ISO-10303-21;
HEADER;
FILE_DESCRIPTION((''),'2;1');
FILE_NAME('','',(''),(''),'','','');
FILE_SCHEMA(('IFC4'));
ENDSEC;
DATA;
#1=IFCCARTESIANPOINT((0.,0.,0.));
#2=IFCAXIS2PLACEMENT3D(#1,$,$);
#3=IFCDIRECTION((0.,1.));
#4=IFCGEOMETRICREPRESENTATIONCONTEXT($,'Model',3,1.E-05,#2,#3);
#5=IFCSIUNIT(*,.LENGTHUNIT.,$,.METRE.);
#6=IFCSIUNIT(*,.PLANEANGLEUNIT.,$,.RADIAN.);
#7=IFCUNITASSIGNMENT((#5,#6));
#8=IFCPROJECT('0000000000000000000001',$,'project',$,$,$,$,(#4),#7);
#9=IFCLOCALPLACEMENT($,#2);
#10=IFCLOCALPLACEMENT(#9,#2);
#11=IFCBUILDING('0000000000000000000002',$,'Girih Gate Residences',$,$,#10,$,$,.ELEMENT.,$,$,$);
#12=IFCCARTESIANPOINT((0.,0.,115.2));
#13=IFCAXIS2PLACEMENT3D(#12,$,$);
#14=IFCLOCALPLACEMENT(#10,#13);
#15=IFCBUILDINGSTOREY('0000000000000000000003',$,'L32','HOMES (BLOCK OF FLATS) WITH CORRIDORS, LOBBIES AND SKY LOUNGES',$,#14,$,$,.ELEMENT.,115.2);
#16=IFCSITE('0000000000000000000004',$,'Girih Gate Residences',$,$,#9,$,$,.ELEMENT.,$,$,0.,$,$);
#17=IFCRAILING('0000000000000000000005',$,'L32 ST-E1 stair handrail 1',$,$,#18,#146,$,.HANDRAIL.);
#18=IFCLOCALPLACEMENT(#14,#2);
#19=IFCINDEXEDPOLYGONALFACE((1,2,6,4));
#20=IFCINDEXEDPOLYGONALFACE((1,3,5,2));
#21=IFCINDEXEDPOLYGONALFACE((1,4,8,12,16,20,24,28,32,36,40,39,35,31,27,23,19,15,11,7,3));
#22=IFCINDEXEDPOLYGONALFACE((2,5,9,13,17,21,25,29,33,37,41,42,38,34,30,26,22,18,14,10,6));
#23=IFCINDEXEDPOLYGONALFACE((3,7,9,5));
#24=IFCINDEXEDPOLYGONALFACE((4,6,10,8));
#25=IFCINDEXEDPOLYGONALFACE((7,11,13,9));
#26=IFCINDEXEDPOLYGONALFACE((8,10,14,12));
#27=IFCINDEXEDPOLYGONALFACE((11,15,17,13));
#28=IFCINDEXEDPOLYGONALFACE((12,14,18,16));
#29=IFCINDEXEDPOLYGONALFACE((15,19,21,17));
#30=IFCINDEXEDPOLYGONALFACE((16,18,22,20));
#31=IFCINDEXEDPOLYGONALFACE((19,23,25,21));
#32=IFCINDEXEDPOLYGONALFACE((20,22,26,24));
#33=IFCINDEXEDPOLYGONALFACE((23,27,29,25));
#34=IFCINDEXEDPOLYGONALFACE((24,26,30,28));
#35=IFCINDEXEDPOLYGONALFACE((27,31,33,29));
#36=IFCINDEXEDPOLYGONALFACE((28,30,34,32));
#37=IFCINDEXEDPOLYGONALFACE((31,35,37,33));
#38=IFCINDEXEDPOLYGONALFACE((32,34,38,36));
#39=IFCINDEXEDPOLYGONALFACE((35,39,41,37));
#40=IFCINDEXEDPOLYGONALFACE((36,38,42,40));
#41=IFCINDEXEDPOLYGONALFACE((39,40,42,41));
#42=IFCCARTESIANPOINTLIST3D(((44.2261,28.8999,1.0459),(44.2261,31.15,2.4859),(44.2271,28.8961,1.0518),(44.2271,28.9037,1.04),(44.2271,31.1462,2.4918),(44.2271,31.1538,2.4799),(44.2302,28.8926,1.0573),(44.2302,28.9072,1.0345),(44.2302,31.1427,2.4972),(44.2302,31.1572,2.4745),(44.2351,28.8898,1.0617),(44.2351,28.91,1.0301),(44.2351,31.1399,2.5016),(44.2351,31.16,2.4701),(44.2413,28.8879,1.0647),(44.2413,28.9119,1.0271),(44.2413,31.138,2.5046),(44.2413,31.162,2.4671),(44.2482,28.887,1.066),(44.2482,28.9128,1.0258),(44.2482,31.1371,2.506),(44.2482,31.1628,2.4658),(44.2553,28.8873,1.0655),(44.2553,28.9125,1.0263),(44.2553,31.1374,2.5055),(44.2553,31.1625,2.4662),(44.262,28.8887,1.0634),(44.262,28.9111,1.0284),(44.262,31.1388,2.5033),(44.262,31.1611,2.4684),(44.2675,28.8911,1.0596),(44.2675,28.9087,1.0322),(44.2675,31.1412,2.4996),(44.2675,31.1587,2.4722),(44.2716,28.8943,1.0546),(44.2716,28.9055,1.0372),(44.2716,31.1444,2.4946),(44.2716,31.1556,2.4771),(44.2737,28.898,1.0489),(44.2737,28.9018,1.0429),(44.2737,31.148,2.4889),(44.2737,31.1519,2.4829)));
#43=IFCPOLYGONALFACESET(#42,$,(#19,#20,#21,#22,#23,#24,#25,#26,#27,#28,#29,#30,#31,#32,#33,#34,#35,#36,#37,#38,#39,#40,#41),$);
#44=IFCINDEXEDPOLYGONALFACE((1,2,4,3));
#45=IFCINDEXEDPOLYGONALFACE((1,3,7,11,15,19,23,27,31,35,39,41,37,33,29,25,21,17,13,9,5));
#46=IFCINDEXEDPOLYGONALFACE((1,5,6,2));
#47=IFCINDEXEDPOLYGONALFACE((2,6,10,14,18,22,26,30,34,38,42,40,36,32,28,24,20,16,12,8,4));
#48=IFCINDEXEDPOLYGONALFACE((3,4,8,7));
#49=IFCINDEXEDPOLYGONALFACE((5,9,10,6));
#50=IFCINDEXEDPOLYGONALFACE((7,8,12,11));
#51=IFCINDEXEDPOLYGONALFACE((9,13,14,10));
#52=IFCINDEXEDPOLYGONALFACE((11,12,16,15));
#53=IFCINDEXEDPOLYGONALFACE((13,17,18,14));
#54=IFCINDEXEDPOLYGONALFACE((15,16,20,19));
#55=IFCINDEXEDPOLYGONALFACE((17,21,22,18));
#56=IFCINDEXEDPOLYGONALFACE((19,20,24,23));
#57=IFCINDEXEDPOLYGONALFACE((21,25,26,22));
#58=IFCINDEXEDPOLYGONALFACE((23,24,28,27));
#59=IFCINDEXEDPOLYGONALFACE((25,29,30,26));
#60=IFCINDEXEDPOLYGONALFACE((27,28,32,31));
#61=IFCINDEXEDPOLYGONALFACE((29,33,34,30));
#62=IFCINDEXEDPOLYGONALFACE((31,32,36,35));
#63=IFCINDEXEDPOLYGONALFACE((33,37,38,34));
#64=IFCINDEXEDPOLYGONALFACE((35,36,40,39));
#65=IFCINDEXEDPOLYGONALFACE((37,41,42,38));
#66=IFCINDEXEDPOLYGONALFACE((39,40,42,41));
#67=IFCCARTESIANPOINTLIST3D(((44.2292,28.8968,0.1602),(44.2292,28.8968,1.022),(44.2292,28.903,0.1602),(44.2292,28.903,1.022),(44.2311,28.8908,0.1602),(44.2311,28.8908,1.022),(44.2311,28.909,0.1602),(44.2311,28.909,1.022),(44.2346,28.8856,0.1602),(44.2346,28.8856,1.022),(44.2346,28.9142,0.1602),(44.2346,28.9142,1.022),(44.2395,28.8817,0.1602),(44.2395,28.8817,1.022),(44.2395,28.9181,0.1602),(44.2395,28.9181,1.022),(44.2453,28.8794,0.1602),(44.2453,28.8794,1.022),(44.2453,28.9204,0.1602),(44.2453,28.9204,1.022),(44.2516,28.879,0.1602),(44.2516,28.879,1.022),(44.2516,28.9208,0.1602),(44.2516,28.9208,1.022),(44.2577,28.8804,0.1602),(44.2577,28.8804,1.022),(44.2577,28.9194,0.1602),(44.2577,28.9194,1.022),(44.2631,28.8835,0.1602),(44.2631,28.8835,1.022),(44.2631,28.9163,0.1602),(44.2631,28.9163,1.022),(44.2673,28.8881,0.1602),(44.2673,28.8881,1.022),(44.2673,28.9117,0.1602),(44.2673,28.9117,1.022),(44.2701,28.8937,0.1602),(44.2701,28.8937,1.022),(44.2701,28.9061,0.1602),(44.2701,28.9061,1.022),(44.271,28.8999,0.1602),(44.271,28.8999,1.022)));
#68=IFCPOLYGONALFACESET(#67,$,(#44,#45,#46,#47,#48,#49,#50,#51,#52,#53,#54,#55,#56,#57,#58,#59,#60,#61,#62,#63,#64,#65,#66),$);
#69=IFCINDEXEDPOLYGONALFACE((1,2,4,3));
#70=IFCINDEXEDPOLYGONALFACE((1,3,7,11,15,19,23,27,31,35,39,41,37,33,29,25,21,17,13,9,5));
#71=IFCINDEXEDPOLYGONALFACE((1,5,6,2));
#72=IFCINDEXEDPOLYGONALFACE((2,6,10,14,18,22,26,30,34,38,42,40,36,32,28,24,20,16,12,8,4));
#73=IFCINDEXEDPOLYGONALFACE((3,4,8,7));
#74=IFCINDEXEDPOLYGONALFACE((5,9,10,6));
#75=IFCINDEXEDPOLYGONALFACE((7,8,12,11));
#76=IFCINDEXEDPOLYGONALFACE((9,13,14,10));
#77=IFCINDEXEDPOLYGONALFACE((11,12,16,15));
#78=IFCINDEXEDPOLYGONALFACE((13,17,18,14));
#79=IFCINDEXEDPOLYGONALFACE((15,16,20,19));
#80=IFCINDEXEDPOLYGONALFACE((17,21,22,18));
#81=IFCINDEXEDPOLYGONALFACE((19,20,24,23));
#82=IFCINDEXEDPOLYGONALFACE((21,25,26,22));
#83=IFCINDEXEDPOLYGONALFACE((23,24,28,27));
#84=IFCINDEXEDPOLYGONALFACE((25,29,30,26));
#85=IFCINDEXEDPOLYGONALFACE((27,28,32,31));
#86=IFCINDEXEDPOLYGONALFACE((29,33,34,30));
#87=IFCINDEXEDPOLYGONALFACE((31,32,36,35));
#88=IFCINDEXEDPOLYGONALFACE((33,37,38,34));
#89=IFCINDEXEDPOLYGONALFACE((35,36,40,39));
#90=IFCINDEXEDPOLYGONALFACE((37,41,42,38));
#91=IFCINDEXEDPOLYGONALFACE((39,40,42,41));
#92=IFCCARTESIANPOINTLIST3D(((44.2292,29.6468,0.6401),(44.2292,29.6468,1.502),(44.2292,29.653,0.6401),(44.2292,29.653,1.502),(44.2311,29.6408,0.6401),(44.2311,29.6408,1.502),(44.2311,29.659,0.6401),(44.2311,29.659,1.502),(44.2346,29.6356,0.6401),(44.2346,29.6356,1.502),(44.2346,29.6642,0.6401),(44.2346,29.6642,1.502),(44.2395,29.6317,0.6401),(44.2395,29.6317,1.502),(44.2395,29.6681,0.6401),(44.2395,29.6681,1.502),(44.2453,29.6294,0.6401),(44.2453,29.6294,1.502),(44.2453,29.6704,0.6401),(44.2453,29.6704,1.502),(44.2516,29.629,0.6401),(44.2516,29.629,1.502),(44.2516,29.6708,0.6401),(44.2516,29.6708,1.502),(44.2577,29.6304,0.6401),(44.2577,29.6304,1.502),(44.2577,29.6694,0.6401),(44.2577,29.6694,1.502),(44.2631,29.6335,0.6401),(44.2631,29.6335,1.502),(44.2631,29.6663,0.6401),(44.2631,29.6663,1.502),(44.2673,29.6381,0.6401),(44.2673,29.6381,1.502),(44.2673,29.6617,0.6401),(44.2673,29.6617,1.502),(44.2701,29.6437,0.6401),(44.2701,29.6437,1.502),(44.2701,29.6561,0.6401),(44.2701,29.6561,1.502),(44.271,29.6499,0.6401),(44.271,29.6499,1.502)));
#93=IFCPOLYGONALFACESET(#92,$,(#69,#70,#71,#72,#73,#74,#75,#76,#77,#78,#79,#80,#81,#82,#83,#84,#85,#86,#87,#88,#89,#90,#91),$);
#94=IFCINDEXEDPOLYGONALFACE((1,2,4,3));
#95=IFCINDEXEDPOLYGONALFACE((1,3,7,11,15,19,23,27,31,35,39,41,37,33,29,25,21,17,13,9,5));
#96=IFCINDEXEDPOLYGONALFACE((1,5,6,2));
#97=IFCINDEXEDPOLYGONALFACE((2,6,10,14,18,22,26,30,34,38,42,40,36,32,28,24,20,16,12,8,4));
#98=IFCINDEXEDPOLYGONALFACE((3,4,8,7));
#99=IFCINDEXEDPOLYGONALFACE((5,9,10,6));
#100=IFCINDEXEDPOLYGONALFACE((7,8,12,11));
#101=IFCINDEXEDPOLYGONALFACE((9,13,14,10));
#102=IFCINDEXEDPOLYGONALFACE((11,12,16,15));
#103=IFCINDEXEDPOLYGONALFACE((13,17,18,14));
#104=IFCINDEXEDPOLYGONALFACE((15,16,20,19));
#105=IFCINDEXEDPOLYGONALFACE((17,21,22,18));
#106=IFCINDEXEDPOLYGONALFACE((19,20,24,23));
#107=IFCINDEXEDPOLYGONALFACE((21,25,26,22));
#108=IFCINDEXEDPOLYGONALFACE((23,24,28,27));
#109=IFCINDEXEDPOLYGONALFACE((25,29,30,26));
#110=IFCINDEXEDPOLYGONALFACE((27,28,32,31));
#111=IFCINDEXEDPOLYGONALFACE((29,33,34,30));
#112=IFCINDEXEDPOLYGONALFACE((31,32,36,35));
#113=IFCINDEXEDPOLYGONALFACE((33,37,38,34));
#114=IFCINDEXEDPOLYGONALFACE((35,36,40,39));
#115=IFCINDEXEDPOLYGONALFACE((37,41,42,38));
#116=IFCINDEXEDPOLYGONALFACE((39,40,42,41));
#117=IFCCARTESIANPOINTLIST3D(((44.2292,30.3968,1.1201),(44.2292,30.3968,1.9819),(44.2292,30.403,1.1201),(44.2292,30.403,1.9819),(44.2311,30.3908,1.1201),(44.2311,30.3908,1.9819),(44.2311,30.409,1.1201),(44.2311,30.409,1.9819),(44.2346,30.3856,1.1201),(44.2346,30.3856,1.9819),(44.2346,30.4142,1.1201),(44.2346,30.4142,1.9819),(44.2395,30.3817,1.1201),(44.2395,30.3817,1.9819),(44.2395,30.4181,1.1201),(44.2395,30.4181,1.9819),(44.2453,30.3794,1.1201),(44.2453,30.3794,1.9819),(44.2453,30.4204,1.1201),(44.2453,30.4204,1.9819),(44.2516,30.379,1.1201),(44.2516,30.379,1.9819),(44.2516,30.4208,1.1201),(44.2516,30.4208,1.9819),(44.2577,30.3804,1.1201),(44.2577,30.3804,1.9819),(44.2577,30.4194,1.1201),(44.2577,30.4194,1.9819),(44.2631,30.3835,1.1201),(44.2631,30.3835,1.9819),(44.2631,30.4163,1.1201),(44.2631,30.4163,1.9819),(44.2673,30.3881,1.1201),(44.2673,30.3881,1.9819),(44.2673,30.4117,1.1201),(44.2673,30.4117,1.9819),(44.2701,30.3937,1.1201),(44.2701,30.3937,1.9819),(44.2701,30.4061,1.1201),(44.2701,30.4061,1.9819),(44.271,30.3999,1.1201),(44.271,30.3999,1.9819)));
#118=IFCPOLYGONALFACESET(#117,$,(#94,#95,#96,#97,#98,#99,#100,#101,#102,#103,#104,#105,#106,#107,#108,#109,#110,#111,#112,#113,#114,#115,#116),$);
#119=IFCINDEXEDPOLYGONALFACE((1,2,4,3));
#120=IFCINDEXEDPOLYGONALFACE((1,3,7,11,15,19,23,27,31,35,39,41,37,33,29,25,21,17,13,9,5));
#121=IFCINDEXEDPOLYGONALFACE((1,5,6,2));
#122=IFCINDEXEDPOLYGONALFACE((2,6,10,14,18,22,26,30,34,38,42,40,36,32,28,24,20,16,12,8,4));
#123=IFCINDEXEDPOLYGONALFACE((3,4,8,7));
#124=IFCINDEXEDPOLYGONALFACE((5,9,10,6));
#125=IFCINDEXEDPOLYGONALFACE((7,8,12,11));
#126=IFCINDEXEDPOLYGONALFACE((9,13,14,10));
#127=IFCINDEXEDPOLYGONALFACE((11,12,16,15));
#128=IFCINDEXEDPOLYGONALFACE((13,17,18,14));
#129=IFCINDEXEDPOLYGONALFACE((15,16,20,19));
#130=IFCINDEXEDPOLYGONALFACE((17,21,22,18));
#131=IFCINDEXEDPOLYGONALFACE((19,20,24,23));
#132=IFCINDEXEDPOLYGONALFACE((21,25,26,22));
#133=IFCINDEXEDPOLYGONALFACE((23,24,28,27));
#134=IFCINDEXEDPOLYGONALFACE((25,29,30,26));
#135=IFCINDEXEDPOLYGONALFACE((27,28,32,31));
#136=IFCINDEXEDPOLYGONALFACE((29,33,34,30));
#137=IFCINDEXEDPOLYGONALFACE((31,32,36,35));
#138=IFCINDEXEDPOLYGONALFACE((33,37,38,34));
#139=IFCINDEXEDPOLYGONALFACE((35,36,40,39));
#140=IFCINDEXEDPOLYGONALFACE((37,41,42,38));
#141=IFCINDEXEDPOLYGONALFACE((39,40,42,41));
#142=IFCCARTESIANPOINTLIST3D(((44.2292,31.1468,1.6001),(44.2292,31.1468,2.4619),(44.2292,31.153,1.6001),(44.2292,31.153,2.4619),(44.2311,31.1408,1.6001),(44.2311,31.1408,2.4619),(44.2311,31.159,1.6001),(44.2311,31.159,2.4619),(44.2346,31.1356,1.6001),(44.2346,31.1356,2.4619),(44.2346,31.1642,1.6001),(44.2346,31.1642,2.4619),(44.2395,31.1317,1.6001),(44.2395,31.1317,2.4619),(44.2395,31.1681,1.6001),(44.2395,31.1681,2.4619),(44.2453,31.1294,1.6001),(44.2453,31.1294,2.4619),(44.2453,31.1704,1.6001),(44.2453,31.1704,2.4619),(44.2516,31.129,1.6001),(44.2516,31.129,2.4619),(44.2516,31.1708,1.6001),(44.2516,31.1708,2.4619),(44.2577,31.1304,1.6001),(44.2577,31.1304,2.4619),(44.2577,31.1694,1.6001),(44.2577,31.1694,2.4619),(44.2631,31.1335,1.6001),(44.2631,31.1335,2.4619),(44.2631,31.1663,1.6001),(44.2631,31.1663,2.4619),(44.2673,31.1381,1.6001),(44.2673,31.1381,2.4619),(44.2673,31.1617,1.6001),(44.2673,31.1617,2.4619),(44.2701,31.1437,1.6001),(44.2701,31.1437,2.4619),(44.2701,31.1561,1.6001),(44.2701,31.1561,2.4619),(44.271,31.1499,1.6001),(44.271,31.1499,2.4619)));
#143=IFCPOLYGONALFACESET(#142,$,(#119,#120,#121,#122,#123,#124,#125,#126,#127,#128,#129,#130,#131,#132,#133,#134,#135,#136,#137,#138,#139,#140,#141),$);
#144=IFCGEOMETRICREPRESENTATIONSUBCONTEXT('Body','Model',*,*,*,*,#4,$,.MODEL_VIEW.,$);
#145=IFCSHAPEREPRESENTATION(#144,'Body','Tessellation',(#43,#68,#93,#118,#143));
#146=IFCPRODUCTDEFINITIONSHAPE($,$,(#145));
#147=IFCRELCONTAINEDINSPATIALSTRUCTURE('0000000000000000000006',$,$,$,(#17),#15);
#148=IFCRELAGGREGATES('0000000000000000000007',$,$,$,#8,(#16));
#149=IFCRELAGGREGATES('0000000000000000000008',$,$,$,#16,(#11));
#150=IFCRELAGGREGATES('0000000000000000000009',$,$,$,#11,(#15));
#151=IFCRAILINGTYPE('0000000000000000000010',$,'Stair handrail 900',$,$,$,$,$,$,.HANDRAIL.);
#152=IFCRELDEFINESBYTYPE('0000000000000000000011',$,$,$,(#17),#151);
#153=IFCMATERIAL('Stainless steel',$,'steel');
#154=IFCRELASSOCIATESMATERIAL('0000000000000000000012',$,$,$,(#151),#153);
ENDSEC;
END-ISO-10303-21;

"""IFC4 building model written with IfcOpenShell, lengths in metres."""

from ifc_helpers import new_model, si_unit, direction, frame, origin, origin_2d, place, context, subcontext, project, spatial, circle, extrude, material, type_object, element, save


model = new_model("IFC4")

# Units and contexts
model_context = context("Model", 3, precision=1e-05, world=origin(), true_north=direction((0.0, 1.0)))
body_context = subcontext(model_context, "Body", "Model", "MODEL_VIEW")
ifc_project = project(units=[si_unit("LENGTHUNIT", "METRE"), si_unit("PLANEANGLEUNIT", "RADIAN")], contexts=[model_context])

# Site, building, storey
site_placement = place(None, origin())
site = spatial("IfcSite", under=ifc_project, at=site_placement, Name="Girih Gate Residences", CompositionType="ELEMENT", RefElevation=0.0)
building_placement = place(site_placement, origin())
building = spatial("IfcBuilding", under=site, at=building_placement, Name="Girih Gate Residences", CompositionType="ELEMENT")
storey_placement = place(building_placement, frame((0.0, 0.0, 115.2)))
storey = spatial("IfcBuildingStorey", under=building, at=storey_placement, Name="L32", Description="HOMES (BLOCK OF FLATS) WITH CORRIDORS, LOBBIES AND SKY LOUNGES", CompositionType="ELEMENT", Elevation=115.2)

# Railing
ifc_material_1 = material(Name="Stainless steel", Category="steel")
railing_type_1 = type_object("IfcRailingType", Name="Stair handrail 900", PredefinedType="HANDRAIL", material=ifc_material_1)
railing_1_placement = place(storey_placement, frame((44.25, 28.8999, 0.1602)))
element("IfcRailing", 1, at=railing_1_placement, inside=storey, type_object=railing_type_1, Name="L32 ST-E1 stair handrail 1", PredefinedType="HANDRAIL", context=body_context, shape_type="SweptSolid", body=[
    extrude(circle(Radius=0.0239, at=origin_2d()), frame((0.0, 0.0, 0.8857), z_axis=(0.0, 0.842281, 0.539038), x_axis=(-1.0, 0.0, 0.0)), (0.0, 0.0, 1.0), 2.6714),
    extrude(circle(Radius=0.021, at=origin_2d()), origin(), (0.0, 0.0, 1.0), 0.8618),
    extrude(circle(Radius=0.021, at=origin_2d()), frame((0.0, 0.75, 0.48)), (0.0, 0.0, 1.0), 0.8618),
    extrude(circle(Radius=0.021, at=origin_2d()), frame((0.0, 1.5, 0.96)), (0.0, 0.0, 1.0), 0.8618),
    extrude(circle(Radius=0.021, at=origin_2d()), frame((0.0, 2.25, 1.4399)), (0.0, 0.0, 1.0), 0.8618),
])

save(model, "model.ifc")
